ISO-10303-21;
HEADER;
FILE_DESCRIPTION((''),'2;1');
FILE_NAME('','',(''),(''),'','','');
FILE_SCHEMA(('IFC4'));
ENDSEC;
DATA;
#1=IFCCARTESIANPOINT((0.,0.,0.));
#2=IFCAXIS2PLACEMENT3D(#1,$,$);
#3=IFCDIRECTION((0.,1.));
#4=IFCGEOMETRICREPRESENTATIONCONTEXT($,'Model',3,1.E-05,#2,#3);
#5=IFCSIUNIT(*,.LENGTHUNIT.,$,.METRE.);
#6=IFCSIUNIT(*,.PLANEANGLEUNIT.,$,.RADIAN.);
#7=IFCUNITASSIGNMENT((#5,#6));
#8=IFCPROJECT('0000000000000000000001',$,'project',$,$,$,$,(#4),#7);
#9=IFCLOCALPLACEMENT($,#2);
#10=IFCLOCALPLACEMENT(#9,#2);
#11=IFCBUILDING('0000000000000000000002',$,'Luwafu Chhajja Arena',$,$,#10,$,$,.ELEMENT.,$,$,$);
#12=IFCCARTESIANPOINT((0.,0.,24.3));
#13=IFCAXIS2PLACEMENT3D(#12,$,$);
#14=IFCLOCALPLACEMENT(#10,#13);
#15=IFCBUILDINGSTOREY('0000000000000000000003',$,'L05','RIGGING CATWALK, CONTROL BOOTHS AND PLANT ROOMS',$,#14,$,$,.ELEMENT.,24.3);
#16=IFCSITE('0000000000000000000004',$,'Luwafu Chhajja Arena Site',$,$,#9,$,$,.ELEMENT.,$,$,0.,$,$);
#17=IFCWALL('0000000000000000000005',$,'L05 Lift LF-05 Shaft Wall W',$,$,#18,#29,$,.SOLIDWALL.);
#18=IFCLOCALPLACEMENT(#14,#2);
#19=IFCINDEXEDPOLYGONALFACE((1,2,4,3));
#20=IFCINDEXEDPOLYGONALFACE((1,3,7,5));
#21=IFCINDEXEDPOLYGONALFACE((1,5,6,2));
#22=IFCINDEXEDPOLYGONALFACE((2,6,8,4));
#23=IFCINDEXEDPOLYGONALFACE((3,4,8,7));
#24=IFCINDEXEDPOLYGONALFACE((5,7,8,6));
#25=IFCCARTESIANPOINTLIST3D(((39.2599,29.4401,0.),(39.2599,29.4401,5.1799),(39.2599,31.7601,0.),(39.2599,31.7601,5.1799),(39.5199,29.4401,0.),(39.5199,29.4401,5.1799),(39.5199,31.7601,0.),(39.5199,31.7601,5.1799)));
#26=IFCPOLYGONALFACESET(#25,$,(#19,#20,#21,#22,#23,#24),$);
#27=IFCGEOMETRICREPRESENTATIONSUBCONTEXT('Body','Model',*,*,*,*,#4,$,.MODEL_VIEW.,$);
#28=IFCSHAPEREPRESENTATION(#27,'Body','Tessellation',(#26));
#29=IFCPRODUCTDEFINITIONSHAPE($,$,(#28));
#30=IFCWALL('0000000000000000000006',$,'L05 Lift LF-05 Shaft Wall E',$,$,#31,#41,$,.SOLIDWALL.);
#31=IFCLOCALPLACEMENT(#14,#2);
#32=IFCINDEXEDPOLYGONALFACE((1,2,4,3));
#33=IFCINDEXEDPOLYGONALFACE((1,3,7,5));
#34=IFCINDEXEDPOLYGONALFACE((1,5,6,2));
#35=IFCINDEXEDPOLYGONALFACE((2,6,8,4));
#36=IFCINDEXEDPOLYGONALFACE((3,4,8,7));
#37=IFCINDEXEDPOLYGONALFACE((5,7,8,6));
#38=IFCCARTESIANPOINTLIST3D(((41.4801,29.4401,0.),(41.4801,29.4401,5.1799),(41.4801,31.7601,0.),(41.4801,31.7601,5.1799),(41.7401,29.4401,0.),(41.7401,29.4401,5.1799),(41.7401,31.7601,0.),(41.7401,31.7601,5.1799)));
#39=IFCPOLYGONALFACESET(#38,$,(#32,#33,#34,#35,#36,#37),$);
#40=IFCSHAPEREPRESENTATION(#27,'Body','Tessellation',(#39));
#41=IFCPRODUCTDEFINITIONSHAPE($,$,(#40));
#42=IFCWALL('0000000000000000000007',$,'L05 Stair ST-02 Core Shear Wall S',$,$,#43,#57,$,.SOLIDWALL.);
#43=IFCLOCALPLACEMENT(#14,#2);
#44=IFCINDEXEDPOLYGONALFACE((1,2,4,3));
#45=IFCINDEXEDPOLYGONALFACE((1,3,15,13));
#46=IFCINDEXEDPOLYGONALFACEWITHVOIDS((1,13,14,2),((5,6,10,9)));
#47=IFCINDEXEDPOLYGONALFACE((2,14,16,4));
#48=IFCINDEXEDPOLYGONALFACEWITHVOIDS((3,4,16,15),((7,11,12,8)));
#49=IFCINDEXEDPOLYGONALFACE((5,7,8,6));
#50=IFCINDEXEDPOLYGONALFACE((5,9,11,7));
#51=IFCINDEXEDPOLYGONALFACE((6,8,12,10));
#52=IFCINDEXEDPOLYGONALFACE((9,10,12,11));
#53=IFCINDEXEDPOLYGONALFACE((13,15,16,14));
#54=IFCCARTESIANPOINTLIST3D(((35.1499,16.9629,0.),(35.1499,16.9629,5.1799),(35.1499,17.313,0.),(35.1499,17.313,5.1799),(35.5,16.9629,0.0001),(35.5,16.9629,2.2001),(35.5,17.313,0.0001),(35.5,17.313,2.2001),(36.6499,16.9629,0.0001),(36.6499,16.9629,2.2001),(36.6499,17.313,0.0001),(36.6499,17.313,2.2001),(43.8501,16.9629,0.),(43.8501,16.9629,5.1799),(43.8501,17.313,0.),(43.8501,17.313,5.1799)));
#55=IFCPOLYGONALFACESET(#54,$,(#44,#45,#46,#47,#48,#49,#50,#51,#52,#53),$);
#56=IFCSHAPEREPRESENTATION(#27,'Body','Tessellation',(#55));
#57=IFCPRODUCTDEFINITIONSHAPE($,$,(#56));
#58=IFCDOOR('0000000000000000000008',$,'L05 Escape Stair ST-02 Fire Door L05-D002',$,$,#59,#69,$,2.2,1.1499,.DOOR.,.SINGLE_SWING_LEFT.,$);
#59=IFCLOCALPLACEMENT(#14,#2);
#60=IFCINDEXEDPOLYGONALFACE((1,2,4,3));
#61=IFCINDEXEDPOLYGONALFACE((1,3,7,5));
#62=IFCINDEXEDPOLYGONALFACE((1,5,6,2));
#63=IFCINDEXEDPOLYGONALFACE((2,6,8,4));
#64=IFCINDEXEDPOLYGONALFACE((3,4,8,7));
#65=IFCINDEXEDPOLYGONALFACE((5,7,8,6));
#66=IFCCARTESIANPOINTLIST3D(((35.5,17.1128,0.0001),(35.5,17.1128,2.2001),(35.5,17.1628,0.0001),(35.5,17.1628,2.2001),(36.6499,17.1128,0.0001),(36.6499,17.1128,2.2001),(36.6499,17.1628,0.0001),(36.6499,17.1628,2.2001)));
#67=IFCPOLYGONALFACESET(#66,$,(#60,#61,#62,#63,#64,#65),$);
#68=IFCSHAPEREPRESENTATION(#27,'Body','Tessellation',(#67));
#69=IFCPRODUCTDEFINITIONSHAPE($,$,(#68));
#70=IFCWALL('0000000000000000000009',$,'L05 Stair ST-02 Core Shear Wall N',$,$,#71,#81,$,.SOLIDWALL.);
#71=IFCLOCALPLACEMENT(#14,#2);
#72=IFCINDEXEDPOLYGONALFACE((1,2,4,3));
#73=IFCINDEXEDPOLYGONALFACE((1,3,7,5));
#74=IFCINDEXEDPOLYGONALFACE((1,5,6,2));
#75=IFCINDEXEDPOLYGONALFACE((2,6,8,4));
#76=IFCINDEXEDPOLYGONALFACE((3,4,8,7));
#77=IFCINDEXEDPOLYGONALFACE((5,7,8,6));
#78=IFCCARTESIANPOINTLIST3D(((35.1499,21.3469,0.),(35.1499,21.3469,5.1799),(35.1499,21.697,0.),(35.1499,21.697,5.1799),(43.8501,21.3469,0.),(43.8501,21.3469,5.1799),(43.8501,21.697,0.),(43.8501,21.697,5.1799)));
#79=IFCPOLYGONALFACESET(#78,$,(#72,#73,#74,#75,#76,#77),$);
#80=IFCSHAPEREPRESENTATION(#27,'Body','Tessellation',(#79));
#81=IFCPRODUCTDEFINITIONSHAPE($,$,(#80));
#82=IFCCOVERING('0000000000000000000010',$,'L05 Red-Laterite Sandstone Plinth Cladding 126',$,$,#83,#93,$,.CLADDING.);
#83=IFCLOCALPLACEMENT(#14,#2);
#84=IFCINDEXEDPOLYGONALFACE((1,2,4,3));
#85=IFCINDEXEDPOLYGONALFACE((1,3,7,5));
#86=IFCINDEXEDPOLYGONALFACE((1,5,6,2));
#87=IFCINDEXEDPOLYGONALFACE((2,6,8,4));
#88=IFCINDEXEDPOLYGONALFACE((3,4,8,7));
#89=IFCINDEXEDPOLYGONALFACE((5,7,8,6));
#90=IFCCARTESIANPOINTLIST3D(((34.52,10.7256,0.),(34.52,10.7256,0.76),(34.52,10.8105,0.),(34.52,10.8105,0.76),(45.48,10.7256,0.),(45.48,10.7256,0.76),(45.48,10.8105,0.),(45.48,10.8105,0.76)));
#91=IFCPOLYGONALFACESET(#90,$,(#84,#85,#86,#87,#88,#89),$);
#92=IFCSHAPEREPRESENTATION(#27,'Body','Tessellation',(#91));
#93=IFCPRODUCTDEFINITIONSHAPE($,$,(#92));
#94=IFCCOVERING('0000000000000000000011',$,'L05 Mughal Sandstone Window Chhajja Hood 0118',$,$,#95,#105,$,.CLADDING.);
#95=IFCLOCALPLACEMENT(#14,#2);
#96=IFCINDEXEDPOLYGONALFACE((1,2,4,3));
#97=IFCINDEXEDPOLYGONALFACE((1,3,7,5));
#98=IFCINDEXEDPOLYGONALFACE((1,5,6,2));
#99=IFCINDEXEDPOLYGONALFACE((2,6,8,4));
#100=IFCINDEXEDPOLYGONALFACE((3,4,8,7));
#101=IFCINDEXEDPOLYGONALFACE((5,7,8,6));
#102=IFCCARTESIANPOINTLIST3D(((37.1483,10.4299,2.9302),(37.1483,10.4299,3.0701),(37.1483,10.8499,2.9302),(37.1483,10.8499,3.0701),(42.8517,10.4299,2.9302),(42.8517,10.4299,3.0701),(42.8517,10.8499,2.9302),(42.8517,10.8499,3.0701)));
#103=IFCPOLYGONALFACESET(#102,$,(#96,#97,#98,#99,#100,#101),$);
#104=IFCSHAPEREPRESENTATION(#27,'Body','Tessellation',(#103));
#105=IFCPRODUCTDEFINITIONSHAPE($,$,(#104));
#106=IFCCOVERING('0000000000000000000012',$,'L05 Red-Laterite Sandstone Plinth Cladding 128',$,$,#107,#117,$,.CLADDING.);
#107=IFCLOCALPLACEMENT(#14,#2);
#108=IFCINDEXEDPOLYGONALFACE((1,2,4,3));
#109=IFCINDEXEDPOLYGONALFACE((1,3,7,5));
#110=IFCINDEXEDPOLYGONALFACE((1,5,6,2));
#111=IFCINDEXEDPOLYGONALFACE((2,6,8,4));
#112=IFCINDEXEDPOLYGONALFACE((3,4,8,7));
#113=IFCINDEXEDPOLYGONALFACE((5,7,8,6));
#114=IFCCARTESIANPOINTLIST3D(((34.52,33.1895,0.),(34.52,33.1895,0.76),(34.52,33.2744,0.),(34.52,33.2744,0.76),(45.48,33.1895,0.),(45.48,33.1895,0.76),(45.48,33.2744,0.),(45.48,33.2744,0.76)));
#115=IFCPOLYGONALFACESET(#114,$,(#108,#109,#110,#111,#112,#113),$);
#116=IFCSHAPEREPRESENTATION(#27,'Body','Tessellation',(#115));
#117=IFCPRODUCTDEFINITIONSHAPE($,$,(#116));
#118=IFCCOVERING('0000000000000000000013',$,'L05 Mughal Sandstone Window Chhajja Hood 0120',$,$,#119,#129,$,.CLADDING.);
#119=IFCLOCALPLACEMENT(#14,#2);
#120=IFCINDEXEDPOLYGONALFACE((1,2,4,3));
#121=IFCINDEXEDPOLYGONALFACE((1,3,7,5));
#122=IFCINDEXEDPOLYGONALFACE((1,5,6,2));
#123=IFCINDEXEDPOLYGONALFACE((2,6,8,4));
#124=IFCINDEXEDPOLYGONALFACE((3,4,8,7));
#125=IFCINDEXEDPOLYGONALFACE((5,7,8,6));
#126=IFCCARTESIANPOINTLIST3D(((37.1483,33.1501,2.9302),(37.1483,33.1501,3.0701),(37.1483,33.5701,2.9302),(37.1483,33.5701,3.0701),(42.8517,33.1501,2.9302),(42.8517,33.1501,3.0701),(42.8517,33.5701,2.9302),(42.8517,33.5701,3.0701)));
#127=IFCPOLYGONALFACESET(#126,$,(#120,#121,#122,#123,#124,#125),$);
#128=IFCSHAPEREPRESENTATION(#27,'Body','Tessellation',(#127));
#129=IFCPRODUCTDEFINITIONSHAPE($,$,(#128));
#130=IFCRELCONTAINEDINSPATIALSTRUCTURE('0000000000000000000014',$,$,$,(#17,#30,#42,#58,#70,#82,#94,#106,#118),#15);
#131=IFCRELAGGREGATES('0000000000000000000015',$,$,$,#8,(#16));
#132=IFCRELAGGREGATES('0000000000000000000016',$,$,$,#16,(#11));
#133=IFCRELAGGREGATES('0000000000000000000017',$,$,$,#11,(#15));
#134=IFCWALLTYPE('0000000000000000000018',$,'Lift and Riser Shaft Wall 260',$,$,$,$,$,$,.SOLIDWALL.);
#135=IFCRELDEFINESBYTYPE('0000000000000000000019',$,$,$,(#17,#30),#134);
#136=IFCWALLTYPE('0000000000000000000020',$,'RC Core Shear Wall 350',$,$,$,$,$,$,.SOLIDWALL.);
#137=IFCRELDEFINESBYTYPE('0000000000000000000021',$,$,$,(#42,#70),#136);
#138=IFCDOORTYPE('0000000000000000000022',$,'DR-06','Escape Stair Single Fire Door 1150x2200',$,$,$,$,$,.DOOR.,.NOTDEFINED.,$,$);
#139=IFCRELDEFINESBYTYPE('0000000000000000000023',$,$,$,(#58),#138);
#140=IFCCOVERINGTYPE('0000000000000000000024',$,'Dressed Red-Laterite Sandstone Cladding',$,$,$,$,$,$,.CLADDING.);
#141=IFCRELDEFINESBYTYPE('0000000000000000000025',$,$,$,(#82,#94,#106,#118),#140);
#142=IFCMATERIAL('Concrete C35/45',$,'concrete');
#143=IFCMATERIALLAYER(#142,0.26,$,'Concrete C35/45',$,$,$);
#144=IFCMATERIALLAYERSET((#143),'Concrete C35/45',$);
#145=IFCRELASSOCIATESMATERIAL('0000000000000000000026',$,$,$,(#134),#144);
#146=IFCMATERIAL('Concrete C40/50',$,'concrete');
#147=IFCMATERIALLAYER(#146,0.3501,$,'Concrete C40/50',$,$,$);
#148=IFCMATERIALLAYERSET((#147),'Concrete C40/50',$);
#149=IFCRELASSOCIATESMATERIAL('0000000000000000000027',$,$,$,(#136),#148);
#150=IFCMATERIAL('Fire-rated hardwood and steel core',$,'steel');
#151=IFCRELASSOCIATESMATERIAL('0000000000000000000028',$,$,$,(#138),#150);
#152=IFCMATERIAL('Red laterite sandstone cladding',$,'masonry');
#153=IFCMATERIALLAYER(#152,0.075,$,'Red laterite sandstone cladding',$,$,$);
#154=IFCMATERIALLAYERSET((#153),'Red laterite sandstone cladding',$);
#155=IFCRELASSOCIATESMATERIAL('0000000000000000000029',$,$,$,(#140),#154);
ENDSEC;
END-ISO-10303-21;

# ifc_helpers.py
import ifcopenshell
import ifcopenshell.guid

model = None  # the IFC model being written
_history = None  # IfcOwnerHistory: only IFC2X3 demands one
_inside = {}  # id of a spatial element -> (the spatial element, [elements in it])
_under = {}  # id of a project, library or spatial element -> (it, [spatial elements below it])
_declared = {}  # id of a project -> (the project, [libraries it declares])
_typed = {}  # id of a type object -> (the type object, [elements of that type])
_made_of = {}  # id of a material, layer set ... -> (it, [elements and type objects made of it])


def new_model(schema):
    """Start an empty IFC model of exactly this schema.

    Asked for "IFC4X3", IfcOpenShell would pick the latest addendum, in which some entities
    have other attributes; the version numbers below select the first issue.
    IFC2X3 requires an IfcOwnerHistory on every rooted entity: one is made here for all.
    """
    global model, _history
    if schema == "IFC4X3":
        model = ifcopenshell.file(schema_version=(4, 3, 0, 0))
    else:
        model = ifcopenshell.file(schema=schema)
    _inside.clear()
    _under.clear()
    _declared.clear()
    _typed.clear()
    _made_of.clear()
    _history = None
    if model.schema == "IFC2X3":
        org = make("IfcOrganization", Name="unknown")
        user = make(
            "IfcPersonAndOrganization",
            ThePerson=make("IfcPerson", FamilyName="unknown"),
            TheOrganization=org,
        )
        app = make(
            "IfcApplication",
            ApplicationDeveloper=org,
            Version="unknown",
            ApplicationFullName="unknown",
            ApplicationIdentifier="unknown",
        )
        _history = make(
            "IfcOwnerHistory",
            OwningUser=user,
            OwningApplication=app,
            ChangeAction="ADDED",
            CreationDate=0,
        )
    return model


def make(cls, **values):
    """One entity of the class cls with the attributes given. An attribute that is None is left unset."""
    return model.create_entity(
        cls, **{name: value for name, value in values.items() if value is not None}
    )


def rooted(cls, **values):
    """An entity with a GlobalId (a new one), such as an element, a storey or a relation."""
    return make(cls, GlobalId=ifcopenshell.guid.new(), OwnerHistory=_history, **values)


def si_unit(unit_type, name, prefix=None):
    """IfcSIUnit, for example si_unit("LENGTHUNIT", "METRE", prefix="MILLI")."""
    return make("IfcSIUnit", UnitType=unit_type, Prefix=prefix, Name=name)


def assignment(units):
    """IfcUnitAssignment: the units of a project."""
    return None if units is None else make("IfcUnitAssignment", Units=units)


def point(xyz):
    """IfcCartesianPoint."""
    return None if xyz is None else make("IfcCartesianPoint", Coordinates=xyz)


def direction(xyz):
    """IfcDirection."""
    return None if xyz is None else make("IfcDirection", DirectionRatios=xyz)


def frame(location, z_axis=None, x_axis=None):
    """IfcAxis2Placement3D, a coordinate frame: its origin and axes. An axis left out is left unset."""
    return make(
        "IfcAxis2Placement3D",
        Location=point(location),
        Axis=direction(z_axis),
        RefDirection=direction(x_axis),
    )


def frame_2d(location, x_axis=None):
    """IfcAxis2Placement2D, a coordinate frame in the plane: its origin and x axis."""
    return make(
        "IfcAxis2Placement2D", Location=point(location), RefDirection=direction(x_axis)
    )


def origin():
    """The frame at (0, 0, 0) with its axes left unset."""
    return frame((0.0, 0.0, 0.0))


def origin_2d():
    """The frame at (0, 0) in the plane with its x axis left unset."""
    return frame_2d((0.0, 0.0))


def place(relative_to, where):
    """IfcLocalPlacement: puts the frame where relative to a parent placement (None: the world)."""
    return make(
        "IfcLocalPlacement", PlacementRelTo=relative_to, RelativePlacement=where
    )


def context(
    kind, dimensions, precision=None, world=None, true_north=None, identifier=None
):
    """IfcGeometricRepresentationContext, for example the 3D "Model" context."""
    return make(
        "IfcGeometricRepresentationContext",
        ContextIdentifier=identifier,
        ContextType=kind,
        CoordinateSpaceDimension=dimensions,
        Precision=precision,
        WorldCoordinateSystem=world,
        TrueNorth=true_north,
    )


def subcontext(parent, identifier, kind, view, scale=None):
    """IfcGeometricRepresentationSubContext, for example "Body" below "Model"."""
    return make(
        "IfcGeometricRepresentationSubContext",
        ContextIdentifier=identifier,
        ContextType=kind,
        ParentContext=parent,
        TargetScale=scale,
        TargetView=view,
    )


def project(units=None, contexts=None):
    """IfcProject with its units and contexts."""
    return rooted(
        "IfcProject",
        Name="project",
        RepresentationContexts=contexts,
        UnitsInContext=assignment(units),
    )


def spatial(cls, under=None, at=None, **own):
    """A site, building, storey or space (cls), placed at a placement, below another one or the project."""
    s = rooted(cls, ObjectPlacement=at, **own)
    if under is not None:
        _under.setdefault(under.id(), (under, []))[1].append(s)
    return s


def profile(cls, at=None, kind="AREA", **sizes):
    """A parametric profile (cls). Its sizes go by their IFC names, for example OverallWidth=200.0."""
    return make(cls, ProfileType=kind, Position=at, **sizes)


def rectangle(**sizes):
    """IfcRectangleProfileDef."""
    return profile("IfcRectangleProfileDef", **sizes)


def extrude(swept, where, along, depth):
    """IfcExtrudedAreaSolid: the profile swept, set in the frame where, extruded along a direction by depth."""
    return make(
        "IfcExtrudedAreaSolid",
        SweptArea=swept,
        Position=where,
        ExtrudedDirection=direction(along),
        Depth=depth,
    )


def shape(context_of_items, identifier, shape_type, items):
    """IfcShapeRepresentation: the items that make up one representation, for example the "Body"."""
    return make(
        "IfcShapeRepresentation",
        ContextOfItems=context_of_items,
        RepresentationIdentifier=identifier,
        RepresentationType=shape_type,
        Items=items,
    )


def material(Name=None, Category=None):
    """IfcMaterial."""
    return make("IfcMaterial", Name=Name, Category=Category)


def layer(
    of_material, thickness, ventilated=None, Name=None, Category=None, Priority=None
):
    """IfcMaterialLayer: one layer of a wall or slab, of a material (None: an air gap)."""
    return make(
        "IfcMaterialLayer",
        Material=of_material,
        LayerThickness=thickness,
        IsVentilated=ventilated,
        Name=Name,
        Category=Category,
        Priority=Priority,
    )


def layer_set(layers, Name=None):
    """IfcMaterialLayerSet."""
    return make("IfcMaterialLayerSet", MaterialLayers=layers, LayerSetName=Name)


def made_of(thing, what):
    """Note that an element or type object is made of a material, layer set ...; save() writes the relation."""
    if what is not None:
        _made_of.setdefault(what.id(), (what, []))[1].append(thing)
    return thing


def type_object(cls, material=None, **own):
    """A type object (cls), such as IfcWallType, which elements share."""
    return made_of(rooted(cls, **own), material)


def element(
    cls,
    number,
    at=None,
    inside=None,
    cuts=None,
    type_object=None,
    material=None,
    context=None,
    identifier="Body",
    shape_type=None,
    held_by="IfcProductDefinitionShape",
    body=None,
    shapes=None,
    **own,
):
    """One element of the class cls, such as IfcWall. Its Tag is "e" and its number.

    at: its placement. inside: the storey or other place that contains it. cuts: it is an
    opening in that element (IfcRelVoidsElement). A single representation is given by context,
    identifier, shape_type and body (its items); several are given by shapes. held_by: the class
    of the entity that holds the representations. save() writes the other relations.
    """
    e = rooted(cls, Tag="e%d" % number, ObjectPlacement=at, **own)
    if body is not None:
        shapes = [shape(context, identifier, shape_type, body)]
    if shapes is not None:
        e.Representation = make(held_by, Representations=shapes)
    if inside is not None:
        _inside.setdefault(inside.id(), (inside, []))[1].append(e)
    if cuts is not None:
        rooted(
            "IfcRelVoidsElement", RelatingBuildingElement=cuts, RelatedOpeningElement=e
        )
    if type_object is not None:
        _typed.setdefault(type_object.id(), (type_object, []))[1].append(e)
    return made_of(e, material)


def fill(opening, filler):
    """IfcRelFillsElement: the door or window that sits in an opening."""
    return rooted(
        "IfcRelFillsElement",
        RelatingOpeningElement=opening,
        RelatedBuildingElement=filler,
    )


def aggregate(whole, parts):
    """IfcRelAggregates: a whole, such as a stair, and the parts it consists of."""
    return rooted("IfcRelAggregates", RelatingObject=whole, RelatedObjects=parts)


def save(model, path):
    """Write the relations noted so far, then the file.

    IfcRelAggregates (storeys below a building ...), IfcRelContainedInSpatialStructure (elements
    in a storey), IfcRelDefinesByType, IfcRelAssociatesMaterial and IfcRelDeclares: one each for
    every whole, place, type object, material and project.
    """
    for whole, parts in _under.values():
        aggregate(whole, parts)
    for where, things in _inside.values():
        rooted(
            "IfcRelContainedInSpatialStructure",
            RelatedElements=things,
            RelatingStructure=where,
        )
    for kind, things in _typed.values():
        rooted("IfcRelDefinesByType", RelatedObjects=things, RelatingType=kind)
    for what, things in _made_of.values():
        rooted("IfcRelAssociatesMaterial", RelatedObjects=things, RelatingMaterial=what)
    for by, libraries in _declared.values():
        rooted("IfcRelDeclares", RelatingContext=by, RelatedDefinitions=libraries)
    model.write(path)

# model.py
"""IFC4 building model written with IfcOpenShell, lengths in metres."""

from ifc_helpers import new_model, si_unit, direction, frame, frame_2d, origin, origin_2d, place, context, subcontext, project, spatial, rectangle, extrude, material, layer, layer_set, type_object, element, fill, save


model = new_model("IFC4")

# Units and contexts
model_context = context("Model", 3, precision=1e-05, world=origin(), true_north=direction((0.0, 1.0)))
body_context = subcontext(model_context, "Body", "Model", "MODEL_VIEW")
ifc_project = project(units=[si_unit("LENGTHUNIT", "METRE"), si_unit("PLANEANGLEUNIT", "RADIAN")], contexts=[model_context])

# Site, building, storey
site_placement = place(None, origin())
site = spatial("IfcSite", under=ifc_project, at=site_placement, Name="Luwafu Chhajja Arena Site", CompositionType="ELEMENT", RefElevation=0.0)
building_placement = place(site_placement, origin())
building = spatial("IfcBuilding", under=site, at=building_placement, Name="Luwafu Chhajja Arena", CompositionType="ELEMENT")
storey_placement = place(building_placement, frame((0.0, 0.0, 24.3)))
storey = spatial("IfcBuildingStorey", under=building, at=storey_placement, Name="L05", Description="RIGGING CATWALK, CONTROL BOOTHS AND PLANT ROOMS", CompositionType="ELEMENT", Elevation=24.3)

# Shared definitions
ifc_material_1 = material(Name="Concrete C40/50", Category="concrete")

# Shared definitions
ifc_material_2 = material(Name="Concrete C35/45", Category="concrete")
ifc_layer_1 = layer(ifc_material_2, 0.26, Name="Concrete C35/45")
ifc_layer_set_1 = layer_set([ifc_layer_1], Name="Concrete C35/45")
wall_type_1 = type_object("IfcWallType", Name="Lift and Riser Shaft Wall 260", PredefinedType="SOLIDWALL", material=ifc_layer_set_1)

# Walls
for number, where, z_axis, x_axis, name in (
    (1, (39.3899, 29.4399, 0.0), (0.0, 0.0, 1.0), (0.0, 1.0, 0.0), "L05 Lift LF-05 Shaft Wall W"),
    (2, (41.6101, 29.4399, 0.0), (0.0, 0.0, 1.0), (0.0, 1.0, 0.0), "L05 Lift LF-05 Shaft Wall E"),
):
    element("IfcWall", number, at=place(storey_placement, frame(where, z_axis=z_axis, x_axis=x_axis)), inside=storey, type_object=wall_type_1, Name=name, PredefinedType="SOLIDWALL", context=body_context, shape_type="SweptSolid", body=[
        extrude(rectangle(XDim=2.3201, YDim=0.26, at=frame_2d((1.1602, 0.0))), origin(), (0.0, 0.0, 1.0), 5.1799),
    ])

# Wall, opening, door
ifc_layer_2 = layer(ifc_material_1, 0.3501, Name="Concrete C40/50")
ifc_layer_set_2 = layer_set([ifc_layer_2], Name="Concrete C40/50")
wall_type_2 = type_object("IfcWallType", Name="RC Core Shear Wall 350", PredefinedType="SOLIDWALL", material=ifc_layer_set_2)
wall_1_placement = place(storey_placement, frame((35.1499, 17.1379, 0.0), z_axis=(0.0, 0.0, 1.0), x_axis=(1.0, 0.0, 0.0)))
wall_1 = element("IfcWall", 3, at=wall_1_placement, inside=storey, type_object=wall_type_2, Name="L05 Stair ST-02 Core Shear Wall S", PredefinedType="SOLIDWALL", context=body_context, shape_type="SweptSolid", body=[
    extrude(rectangle(XDim=8.7002, YDim=0.3501, at=frame_2d((4.3501, 0.0))), origin(), (0.0, 0.0, 1.0), 5.1799),
])
opening_1_placement = place(wall_1_placement, frame((0.3501, 0.0, 0.0)))
opening_1 = element("IfcOpeningElement", 4, at=opening_1_placement, cuts=wall_1, PredefinedType="OPENING", context=body_context, shape_type="SweptSolid", body=[
    extrude(rectangle(XDim=1.1499, YDim=2.2, at=frame_2d((0.575, 1.1001))), frame((0.0, 0.1851, 0.0), z_axis=(0.0, -1.0, 0.0), x_axis=(1.0, 0.0, 0.0)), (0.0, 0.0, 1.0), 0.3701),
])
ifc_material_3 = material(Name="Fire-rated hardwood and steel core", Category="steel")
door_type_1 = type_object("IfcDoorType", Name="DR-06", Description="Escape Stair Single Fire Door 1150x2200", OperationType="NOTDEFINED", PredefinedType="DOOR", material=ifc_material_3)
door_1_placement = place(opening_1_placement, origin())
door_1 = element("IfcDoor", 5, at=door_1_placement, inside=storey, type_object=door_type_1, Name="L05 Escape Stair ST-02 Fire Door L05-D002", OperationType="SINGLE_SWING_LEFT", OverallHeight=2.2, OverallWidth=1.1499, PredefinedType="DOOR", context=body_context, shape_type="SweptSolid", body=[
    extrude(rectangle(XDim=1.1499, YDim=2.2, at=frame_2d((0.575, 1.1001))), frame((0.0, 0.0249, 0.0), z_axis=(0.0, -1.0, 0.0), x_axis=(1.0, 0.0, 0.0)), (0.0, 0.0, 1.0), 0.05),
])
fill(opening_1, door_1)

# Wall
wall_2_placement = place(storey_placement, frame((35.1499, 21.522, 0.0), z_axis=(0.0, 0.0, 1.0), x_axis=(1.0, 0.0, 0.0)))
element("IfcWall", 6, at=wall_2_placement, inside=storey, type_object=wall_type_2, Name="L05 Stair ST-02 Core Shear Wall N", PredefinedType="SOLIDWALL", context=body_context, shape_type="SweptSolid", body=[
    extrude(rectangle(XDim=8.7002, YDim=0.3501, at=frame_2d((4.3501, 0.0))), origin(), (0.0, 0.0, 1.0), 5.1799),
])

# Coverings
ifc_material_4 = material(Name="Red laterite sandstone cladding", Category="masonry")
ifc_layer_3 = layer(ifc_material_4, 0.075, Name="Red laterite sandstone cladding")
ifc_layer_set_3 = layer_set([ifc_layer_3], Name="Red laterite sandstone cladding")
covering_type = type_object("IfcCoveringType", Name="Dressed Red-Laterite Sandstone Cladding", PredefinedType="CLADDING", material=ifc_layer_set_3)
covering_1_placement = place(storey_placement, frame((40.0, 10.7681, 0.0), z_axis=(0.0, 0.0, 1.0), x_axis=(1.0, 0.0, 0.0)))
element("IfcCovering", 7, at=covering_1_placement, inside=storey, type_object=covering_type, Name="L05 Red-Laterite Sandstone Plinth Cladding 126", PredefinedType="CLADDING", context=body_context, shape_type="SweptSolid", body=[
    extrude(rectangle(XDim=10.96, YDim=0.085, at=origin_2d()), origin(), (0.0, 0.0, 1.0), 0.76),
])
covering_2_placement = place(storey_placement, frame((40.0, 10.6399, 2.9302), z_axis=(0.0, 0.0, 1.0), x_axis=(1.0, 0.0, 0.0)))
element("IfcCovering", 8, at=covering_2_placement, inside=storey, type_object=covering_type, Name="L05 Mughal Sandstone Window Chhajja Hood 0118", PredefinedType="CLADDING", context=body_context, shape_type="SweptSolid", body=[
    extrude(rectangle(XDim=5.7034, YDim=0.4199, at=origin_2d()), origin(), (0.0, 0.0, 1.0), 0.1399),
])
covering_3_placement = place(storey_placement, frame((40.0, 33.2319, 0.0), z_axis=(0.0, 0.0, 1.0), x_axis=(1.0, 0.0, 0.0)))
element("IfcCovering", 9, at=covering_3_placement, inside=storey, type_object=covering_type, Name="L05 Red-Laterite Sandstone Plinth Cladding 128", PredefinedType="CLADDING", context=body_context, shape_type="SweptSolid", body=[
    extrude(rectangle(XDim=10.96, YDim=0.085, at=origin_2d()), origin(), (0.0, 0.0, 1.0), 0.76),
])
covering_4_placement = place(storey_placement, frame((40.0, 33.3601, 2.9302), z_axis=(0.0, 0.0, 1.0), x_axis=(1.0, 0.0, 0.0)))
element("IfcCovering", 10, at=covering_4_placement, inside=storey, type_object=covering_type, Name="L05 Mughal Sandstone Window Chhajja Hood 0120", PredefinedType="CLADDING", context=body_context, shape_type="SweptSolid", body=[
    extrude(rectangle(XDim=5.7034, YDim=0.4199, at=origin_2d()), origin(), (0.0, 0.0, 1.0), 0.1399),
])

save(model, "model.ifc")
